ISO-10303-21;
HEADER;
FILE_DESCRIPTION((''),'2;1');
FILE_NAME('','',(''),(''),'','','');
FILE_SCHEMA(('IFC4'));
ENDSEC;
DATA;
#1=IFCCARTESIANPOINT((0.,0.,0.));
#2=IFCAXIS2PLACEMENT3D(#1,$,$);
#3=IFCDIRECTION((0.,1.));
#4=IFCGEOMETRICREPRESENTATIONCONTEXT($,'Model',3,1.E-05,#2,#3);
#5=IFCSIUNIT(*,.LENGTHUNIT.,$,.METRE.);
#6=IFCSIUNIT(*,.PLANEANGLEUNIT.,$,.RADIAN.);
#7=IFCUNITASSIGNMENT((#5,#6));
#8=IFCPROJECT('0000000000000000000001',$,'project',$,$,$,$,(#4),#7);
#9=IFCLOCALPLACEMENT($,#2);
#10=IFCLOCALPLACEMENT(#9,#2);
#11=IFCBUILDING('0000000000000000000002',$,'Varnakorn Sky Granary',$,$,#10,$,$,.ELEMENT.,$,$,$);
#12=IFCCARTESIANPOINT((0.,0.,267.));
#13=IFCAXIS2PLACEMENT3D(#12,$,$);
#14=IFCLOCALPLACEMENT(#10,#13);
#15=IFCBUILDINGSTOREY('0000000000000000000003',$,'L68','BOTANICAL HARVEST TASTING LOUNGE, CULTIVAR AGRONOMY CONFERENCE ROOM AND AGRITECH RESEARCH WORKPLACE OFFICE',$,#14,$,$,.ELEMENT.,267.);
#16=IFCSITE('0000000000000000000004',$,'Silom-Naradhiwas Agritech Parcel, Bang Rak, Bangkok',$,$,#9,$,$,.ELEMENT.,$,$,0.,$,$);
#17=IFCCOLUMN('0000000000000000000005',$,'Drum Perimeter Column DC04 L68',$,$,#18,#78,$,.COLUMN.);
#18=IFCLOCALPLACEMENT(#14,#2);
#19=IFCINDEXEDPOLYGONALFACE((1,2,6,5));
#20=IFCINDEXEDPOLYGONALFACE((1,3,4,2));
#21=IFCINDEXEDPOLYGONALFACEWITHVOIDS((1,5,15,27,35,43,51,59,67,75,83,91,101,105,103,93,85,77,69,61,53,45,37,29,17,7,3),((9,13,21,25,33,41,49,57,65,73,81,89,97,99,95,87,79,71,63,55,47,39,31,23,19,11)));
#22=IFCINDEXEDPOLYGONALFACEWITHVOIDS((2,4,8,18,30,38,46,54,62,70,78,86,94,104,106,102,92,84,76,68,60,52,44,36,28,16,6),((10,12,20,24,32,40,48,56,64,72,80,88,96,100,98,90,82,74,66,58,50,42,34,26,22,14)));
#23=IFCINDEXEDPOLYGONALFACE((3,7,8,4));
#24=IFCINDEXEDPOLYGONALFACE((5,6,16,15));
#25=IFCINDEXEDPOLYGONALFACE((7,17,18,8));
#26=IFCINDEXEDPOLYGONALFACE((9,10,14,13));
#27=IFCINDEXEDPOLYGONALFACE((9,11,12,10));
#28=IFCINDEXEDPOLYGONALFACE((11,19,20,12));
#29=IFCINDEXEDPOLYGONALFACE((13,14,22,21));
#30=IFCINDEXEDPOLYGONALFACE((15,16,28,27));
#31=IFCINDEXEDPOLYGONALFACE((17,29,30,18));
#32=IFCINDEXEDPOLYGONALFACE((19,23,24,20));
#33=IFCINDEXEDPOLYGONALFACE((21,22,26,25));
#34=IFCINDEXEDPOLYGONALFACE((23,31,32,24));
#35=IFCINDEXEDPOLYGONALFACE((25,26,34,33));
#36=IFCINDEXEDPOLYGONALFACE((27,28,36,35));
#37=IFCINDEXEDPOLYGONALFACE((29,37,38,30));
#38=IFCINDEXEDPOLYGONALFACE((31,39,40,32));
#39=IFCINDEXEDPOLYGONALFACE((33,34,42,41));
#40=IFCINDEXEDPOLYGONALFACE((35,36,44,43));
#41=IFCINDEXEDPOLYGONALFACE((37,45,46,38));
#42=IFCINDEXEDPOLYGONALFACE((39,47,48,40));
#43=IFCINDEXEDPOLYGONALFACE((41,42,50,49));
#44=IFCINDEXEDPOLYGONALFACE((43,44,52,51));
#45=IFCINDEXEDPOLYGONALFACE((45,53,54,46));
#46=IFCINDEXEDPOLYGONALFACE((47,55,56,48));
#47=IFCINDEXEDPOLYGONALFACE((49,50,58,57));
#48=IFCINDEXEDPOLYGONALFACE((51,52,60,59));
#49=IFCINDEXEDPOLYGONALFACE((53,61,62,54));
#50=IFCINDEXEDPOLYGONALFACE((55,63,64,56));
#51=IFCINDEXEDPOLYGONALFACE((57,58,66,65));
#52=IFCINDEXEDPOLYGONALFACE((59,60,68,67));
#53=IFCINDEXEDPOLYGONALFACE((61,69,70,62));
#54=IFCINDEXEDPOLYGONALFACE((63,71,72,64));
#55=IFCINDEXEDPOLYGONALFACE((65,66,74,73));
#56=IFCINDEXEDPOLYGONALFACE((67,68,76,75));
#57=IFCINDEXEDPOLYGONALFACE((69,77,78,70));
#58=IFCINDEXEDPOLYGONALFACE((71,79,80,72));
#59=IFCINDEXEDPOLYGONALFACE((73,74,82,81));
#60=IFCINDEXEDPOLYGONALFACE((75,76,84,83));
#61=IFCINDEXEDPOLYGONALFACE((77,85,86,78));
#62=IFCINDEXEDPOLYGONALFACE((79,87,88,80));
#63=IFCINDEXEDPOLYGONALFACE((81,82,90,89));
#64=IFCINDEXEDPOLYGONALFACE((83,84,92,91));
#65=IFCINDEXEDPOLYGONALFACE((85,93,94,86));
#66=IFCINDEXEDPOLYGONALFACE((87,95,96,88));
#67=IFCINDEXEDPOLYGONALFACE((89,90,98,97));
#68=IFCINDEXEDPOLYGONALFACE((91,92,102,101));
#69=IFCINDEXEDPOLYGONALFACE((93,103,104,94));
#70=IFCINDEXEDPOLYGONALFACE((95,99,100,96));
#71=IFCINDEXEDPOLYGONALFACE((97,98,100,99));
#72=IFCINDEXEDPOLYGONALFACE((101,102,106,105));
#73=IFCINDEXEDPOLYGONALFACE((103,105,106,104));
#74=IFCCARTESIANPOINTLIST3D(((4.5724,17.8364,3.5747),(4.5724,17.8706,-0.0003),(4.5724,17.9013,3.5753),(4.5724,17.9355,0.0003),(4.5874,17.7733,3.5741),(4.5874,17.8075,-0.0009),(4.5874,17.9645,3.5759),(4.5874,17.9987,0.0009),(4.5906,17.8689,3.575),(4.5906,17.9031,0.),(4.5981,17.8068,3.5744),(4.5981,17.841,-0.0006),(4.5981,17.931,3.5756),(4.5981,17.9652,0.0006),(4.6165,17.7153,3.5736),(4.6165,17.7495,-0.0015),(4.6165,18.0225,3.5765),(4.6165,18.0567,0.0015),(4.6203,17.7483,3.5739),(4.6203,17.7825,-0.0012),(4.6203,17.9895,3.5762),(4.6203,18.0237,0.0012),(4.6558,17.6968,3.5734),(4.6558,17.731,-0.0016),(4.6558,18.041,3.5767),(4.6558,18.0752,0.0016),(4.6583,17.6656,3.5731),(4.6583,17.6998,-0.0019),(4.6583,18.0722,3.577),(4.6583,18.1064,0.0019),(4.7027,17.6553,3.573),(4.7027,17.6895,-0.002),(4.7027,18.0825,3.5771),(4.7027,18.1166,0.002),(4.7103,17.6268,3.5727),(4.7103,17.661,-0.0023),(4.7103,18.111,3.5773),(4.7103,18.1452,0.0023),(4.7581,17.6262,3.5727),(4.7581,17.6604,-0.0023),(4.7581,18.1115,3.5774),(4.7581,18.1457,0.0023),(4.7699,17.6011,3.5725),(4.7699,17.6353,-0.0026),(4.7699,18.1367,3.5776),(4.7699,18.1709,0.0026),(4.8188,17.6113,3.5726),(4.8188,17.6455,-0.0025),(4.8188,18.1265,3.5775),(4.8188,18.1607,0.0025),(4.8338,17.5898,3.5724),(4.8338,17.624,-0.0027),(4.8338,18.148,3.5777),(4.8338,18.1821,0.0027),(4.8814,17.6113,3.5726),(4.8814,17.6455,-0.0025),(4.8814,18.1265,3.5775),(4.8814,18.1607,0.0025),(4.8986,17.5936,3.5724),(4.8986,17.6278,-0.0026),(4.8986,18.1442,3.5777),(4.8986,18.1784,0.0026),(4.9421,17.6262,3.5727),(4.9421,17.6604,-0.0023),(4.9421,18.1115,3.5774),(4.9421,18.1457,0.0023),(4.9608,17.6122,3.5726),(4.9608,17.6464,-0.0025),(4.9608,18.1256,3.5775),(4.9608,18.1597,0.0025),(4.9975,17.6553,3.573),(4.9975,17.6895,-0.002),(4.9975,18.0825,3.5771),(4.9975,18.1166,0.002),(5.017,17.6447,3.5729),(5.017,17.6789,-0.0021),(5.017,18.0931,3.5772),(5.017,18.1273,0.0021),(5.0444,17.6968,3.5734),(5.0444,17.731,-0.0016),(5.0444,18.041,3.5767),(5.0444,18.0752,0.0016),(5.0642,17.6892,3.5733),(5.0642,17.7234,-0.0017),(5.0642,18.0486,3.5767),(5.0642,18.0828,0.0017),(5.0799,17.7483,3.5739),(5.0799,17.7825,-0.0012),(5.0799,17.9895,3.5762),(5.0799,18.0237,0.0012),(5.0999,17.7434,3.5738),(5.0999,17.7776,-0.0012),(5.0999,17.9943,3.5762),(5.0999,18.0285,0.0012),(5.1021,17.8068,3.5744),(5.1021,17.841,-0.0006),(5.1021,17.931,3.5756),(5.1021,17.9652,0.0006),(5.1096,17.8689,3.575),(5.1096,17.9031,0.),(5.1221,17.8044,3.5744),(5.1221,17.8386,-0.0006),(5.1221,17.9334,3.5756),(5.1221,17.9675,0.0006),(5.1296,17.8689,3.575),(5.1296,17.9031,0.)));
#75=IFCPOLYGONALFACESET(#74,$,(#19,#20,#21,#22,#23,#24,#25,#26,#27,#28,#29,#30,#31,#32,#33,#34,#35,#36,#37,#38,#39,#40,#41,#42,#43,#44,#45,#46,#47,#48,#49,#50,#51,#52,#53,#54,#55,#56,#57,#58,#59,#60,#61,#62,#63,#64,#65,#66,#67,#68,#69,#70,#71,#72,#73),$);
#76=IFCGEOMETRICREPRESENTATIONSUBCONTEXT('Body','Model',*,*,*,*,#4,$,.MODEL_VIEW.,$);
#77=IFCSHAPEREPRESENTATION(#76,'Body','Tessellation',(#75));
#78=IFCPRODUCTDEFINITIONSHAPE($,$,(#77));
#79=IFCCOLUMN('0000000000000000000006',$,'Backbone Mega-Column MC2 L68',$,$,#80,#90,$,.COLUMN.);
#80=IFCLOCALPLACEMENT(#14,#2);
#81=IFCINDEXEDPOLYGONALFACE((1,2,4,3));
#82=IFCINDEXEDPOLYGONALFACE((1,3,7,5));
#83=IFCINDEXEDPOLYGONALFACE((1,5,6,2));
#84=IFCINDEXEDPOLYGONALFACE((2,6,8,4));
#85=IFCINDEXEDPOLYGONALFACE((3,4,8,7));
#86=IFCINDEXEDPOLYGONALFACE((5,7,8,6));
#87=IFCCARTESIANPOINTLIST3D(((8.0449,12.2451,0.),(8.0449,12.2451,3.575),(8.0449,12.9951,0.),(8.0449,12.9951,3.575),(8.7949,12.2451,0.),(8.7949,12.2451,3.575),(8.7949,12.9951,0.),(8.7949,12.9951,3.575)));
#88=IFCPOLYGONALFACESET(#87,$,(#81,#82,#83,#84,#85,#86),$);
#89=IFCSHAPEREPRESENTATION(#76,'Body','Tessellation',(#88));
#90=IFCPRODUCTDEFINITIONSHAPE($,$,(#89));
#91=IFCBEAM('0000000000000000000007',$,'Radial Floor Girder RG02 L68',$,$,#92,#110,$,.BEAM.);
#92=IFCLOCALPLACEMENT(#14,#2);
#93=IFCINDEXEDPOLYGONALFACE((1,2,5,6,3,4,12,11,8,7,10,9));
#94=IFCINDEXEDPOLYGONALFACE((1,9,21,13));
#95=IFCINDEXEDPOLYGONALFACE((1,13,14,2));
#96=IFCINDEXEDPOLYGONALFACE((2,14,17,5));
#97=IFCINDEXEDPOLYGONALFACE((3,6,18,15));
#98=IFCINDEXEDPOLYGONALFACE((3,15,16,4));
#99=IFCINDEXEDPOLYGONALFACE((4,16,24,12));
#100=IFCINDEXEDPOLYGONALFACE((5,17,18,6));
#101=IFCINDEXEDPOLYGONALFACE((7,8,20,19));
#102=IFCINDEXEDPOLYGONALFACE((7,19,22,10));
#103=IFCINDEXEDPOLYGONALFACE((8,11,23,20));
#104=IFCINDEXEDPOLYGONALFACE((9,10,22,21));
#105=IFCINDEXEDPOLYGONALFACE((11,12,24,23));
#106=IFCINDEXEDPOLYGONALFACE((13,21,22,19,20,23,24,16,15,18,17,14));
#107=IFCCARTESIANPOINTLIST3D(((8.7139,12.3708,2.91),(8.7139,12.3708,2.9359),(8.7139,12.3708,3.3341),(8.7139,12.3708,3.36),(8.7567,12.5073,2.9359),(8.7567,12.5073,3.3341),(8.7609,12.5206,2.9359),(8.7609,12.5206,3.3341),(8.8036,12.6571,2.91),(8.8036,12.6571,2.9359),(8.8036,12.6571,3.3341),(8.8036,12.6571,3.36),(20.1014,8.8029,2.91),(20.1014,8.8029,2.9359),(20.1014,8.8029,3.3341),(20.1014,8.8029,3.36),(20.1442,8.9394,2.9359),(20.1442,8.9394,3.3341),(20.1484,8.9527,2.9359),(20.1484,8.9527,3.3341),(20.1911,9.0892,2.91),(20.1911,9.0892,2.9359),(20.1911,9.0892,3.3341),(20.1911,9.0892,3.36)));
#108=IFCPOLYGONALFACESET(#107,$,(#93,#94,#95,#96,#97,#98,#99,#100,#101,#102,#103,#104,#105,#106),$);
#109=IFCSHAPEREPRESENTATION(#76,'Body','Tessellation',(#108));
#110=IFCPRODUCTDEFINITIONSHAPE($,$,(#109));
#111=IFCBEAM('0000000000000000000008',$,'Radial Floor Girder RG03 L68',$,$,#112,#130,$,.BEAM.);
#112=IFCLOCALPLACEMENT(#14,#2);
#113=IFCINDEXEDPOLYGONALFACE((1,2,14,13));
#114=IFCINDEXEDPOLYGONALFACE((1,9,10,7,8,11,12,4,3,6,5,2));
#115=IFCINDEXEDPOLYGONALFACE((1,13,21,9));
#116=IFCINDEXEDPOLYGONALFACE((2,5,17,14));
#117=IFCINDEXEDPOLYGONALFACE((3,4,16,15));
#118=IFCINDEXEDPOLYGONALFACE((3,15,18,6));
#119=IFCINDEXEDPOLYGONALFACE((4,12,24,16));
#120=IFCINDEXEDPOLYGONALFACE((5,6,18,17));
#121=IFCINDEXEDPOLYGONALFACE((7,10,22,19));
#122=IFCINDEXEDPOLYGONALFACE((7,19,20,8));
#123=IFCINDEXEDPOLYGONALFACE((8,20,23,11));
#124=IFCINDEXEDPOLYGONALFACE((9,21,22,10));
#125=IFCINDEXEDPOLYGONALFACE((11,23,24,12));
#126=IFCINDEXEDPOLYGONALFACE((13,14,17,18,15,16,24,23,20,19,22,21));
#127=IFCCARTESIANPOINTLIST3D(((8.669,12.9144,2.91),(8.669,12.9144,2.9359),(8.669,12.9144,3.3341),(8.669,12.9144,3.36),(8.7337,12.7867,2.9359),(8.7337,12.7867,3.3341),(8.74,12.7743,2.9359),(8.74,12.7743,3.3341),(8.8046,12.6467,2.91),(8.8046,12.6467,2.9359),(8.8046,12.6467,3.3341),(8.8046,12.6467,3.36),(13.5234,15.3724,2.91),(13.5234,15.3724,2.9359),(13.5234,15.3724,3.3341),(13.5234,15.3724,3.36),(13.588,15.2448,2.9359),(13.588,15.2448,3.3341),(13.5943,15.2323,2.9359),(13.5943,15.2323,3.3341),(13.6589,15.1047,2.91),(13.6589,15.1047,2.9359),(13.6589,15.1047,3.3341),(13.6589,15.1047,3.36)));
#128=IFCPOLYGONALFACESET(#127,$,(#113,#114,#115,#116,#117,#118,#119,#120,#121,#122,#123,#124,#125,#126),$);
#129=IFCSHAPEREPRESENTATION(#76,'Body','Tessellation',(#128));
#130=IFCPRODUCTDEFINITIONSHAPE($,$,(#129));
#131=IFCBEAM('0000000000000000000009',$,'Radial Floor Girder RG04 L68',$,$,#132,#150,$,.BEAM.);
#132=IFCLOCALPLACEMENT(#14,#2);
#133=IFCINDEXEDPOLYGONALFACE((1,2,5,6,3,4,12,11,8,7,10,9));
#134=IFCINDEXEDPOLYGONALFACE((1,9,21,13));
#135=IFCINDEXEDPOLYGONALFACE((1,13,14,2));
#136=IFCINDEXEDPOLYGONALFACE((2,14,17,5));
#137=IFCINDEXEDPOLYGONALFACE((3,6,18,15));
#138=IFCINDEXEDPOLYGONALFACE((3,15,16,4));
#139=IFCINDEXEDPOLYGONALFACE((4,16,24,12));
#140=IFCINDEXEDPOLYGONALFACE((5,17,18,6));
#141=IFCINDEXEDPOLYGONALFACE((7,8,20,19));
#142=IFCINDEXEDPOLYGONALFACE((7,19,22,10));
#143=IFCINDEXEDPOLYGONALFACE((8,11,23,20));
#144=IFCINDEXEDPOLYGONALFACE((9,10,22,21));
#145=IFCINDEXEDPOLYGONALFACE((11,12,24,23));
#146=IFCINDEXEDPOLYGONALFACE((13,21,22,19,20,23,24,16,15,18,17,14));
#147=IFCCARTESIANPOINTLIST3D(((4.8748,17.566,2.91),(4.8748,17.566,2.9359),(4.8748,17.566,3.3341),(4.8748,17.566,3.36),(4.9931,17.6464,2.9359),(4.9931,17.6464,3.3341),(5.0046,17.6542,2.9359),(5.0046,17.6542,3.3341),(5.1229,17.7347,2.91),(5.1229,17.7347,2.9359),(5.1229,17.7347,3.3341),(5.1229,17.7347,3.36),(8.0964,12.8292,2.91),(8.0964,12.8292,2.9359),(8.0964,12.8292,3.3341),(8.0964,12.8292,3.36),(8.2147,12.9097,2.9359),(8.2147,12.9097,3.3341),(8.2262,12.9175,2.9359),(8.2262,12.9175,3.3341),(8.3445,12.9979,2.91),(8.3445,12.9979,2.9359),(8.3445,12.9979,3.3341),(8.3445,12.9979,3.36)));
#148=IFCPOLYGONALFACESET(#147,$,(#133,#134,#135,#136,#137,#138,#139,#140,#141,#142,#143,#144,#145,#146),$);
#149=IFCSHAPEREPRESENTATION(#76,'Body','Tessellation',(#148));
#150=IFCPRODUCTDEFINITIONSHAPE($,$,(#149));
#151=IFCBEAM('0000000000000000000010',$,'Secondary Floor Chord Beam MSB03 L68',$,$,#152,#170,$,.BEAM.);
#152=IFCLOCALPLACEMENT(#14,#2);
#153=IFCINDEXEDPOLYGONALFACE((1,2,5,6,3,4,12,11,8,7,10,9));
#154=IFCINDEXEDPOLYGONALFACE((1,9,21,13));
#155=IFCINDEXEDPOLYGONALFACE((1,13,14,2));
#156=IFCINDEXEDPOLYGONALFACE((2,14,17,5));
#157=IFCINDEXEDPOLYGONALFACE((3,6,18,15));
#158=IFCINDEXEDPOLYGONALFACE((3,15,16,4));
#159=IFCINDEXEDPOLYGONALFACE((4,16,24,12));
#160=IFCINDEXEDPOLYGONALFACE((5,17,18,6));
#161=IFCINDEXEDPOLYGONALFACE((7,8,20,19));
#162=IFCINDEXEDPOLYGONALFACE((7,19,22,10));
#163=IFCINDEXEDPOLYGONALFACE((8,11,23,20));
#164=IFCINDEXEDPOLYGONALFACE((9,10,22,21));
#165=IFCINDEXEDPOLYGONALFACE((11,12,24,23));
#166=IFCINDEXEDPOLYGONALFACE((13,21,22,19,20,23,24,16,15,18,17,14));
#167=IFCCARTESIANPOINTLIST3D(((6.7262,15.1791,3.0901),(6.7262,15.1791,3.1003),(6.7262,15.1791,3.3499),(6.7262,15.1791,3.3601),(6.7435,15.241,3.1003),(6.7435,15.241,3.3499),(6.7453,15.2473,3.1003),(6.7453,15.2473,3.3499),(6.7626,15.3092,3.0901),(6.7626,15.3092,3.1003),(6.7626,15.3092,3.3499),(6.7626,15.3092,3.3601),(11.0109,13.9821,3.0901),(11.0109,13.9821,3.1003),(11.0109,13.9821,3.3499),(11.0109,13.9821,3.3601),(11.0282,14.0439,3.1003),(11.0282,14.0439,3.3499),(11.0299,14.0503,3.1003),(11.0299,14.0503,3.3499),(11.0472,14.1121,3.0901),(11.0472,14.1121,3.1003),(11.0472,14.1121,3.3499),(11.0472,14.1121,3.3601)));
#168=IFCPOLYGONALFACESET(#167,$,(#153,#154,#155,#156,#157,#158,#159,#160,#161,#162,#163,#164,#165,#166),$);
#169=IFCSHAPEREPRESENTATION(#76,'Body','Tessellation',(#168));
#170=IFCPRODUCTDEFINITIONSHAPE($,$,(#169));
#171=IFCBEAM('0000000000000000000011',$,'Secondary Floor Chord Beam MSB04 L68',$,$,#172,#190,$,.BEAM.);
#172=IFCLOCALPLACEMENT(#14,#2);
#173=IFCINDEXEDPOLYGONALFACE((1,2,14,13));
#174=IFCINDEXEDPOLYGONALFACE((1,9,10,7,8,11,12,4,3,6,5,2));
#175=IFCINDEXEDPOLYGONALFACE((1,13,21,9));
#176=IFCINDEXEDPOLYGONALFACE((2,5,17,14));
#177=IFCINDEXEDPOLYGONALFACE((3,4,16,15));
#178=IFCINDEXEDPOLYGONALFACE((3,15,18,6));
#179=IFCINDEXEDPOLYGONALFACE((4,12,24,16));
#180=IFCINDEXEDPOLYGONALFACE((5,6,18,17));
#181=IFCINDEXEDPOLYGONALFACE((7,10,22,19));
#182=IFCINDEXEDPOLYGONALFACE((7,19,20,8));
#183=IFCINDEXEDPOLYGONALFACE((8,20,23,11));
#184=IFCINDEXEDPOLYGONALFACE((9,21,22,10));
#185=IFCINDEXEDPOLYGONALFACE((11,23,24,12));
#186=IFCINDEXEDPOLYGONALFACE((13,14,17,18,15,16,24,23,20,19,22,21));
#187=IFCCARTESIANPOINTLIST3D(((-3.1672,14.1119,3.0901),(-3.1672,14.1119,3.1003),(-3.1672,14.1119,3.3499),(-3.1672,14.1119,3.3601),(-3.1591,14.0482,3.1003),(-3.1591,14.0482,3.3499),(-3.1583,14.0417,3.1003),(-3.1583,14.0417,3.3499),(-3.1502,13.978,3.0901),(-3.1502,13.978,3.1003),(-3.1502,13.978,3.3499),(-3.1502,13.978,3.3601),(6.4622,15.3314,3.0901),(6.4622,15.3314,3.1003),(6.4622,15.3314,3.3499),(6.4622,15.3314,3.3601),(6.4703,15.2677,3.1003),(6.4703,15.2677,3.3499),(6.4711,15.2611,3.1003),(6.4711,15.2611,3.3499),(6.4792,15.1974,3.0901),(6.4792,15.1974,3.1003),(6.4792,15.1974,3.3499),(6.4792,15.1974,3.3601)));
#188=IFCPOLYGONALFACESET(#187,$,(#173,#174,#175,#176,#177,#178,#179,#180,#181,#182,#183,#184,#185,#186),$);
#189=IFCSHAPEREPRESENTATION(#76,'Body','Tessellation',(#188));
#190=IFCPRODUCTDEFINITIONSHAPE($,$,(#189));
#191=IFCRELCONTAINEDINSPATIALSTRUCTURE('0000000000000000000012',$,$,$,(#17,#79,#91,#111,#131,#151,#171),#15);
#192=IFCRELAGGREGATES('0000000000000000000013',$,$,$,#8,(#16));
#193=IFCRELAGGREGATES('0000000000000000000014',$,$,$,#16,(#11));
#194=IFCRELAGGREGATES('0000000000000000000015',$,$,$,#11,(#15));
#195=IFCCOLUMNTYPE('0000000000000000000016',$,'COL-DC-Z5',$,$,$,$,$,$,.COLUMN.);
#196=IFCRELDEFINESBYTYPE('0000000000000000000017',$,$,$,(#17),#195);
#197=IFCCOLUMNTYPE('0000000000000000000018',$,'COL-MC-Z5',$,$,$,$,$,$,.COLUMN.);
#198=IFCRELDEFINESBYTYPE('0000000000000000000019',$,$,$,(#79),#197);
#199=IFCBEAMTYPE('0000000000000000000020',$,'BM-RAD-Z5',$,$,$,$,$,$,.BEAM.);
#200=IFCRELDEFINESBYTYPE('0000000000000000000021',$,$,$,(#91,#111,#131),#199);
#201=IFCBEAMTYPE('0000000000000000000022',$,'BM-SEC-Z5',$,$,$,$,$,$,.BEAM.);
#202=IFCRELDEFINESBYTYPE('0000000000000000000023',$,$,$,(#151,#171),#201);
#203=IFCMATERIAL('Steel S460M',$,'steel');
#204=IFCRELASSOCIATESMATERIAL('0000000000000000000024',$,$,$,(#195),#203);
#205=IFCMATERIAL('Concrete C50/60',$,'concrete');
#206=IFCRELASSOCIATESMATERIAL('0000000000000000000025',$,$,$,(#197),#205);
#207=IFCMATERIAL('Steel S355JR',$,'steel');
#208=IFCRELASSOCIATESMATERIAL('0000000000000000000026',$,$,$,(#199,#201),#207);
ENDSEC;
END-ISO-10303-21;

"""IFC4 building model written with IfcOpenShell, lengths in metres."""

from ifc_helpers import new_model, si_unit, direction, frame, origin, origin_2d, place, context, subcontext, project, spatial, rectangle, hollow_circle, i_section, extrude, material, material_profile, profile_set, type_object, element, save


model = new_model("IFC4")

# Units and contexts
model_context = context("Model", 3, precision=1e-05, world=origin(), true_north=direction((0.0, 1.0)))
body_context = subcontext(model_context, "Body", "Model", "MODEL_VIEW")
ifc_project = project(units=[si_unit("LENGTHUNIT", "METRE"), si_unit("PLANEANGLEUNIT", "RADIAN")], contexts=[model_context])

# Site, building, storey
site_placement = place(None, origin())
site = spatial("IfcSite", under=ifc_project, at=site_placement, Name="Silom-Naradhiwas Agritech Parcel, Bang Rak, Bangkok", CompositionType="ELEMENT", RefElevation=0.0)
building_placement = place(site_placement, origin())
building = spatial("IfcBuilding", under=site, at=building_placement, Name="Varnakorn Sky Granary", CompositionType="ELEMENT")
storey_placement = place(building_placement, frame((0.0, 0.0, 267.0)))
storey = spatial("IfcBuildingStorey", under=building, at=storey_placement, Name="L68", Description="BOTANICAL HARVEST TASTING LOUNGE, CULTIVAR AGRONOMY CONFERENCE ROOM AND AGRITECH RESEARCH WORKPLACE OFFICE", CompositionType="ELEMENT", Elevation=267.0)

# Columns
ifc_material_1 = material(Name="Steel S460M", Category="steel")
ifc_material_profile_1 = material_profile(ifc_material_1, hollow_circle(Radius=0.2795, WallThickness=0.02, at=origin_2d()), Name="CHS 559x20")
ifc_profile_set_1 = profile_set([ifc_material_profile_1], Name="Steel S460M")
column_type_1 = type_object("IfcColumnType", Name="COL-DC-Z5", PredefinedType="COLUMN", material=ifc_profile_set_1)
column_1_placement = place(storey_placement, frame((4.8501, 17.9031, 0.0), z_axis=(0.0, -0.00956, 0.999954), x_axis=(1.0, 0.0, 0.0)))
element("IfcColumn", 1, at=column_1_placement, inside=storey, type_object=column_type_1, Name="Drum Perimeter Column DC04 L68", PredefinedType="COLUMN", context=body_context, shape_type="SweptSolid", body=[
    extrude(hollow_circle(Radius=0.2795, WallThickness=0.02, at=origin_2d()), origin(), (0.0, 0.0, 1.0), 3.5752),
])
ifc_material_2 = material(Name="Concrete C50/60", Category="concrete")
ifc_material_profile_2 = material_profile(ifc_material_2, rectangle(XDim=0.75, YDim=0.75, at=origin_2d()), Name="RC 750x750")
ifc_profile_set_2 = profile_set([ifc_material_profile_2], Name="Concrete C50/60")
column_type_2 = type_object("IfcColumnType", Name="COL-MC-Z5", PredefinedType="COLUMN", material=ifc_profile_set_2)
column_2_placement = place(storey_placement, frame((8.4199, 12.6201, 0.0), z_axis=(0.0, 0.0, 1.0), x_axis=(1.0, 0.0, 0.0)))
element("IfcColumn", 2, at=column_2_placement, inside=storey, type_object=column_type_2, Name="Backbone Mega-Column MC2 L68", PredefinedType="COLUMN", context=body_context, shape_type="SweptSolid", body=[
    extrude(rectangle(XDim=0.75, YDim=0.75, at=origin_2d()), origin(), (0.0, 0.0, 1.0), 3.575),
])

# Beams
ifc_material_3 = material(Name="Steel S355JR", Category="steel")
ifc_material_profile_3 = material_profile(ifc_material_3, i_section(OverallWidth=0.3, OverallDepth=0.45, WebThickness=0.0139, FlangeThickness=0.0259, at=origin_2d()), Name="HE 450 B")
ifc_profile_set_3 = profile_set([ifc_material_profile_3], Name="Steel S355JR")
beam_type_1 = type_object("IfcBeamType", Name="BM-RAD-Z5", PredefinedType="BEAM", material=ifc_profile_set_3)
beam_1_placement = place(storey_placement, frame((8.7588, 12.5139, 3.135), z_axis=(0.954258, -0.298984, 0.0), x_axis=(0.298984, 0.954258, 0.0)))
element("IfcBeam", 3, at=beam_1_placement, inside=storey, type_object=beam_type_1, Name="Radial Floor Girder RG02 L68", PredefinedType="BEAM", context=body_context, shape_type="SweptSolid", body=[
    extrude(i_section(OverallWidth=0.3, OverallDepth=0.45, WebThickness=0.0139, FlangeThickness=0.0259, at=origin_2d()), origin(), (0.0, 0.0, 1.0), 11.9333),
])
beam_2_placement = place(storey_placement, frame((8.7368, 12.7805, 3.135), z_axis=(0.892145, 0.451749, 0.0), x_axis=(-0.451749, 0.892145, 0.0)))
element("IfcBeam", 4, at=beam_2_placement, inside=storey, type_object=beam_type_1, Name="Radial Floor Girder RG03 L68", PredefinedType="BEAM", context=body_context, shape_type="SweptSolid", body=[
    extrude(i_section(OverallWidth=0.3, OverallDepth=0.45, WebThickness=0.0139, FlangeThickness=0.0259, at=origin_2d()), origin(), (0.0, 0.0, 1.0), 5.4412),
])
beam_3_placement = place(storey_placement, frame((8.2205, 12.9136, 3.135), z_axis=(-0.562387, 0.826874, 0.0), x_axis=(-0.826874, -0.562387, 0.0)))
element("IfcBeam", 5, at=beam_3_placement, inside=storey, type_object=beam_type_1, Name="Radial Floor Girder RG04 L68", PredefinedType="BEAM", context=body_context, shape_type="SweptSolid", body=[
    extrude(i_section(OverallWidth=0.3, OverallDepth=0.45, WebThickness=0.0139, FlangeThickness=0.0259, at=origin_2d()), origin(), (0.0, 0.0, 1.0), 5.7285),
])
ifc_material_profile_4 = material_profile(ifc_material_3, i_section(OverallWidth=0.135, OverallDepth=0.27, WebThickness=0.0066, FlangeThickness=0.0103, at=origin_2d()), Name="IPE 270")
ifc_profile_set_4 = profile_set([ifc_material_profile_4], Name="Steel S355JR")
beam_type_2 = type_object("IfcBeamType", Name="BM-SEC-Z5", PredefinedType="BEAM", material=ifc_profile_set_4)
beam_4_placement = place(storey_placement, frame((11.0291, 14.0471, 3.2251), z_axis=(-0.963121, 0.26907, 0.0), x_axis=(-0.26907, -0.963121, 0.0)))
element("IfcBeam", 6, at=beam_4_placement, inside=storey, type_object=beam_type_2, Name="Secondary Floor Chord Beam MSB03 L68", PredefinedType="BEAM", context=body_context, shape_type="SweptSolid", body=[
    extrude(i_section(OverallWidth=0.135, OverallDepth=0.27, WebThickness=0.0066, FlangeThickness=0.0103, at=origin_2d()), origin(), (0.0, 0.0, 1.0), 4.4487),
])
beam_5_placement = place(storey_placement, frame((6.4707, 15.2644, 3.2251), z_axis=(-0.992076, -0.125638, 0.0), x_axis=(0.125638, -0.992076, 0.0)))
element("IfcBeam", 7, at=beam_5_placement, inside=storey, type_object=beam_type_2, Name="Secondary Floor Chord Beam MSB04 L68", PredefinedType="BEAM", context=body_context, shape_type="SweptSolid", body=[
    extrude(i_section(OverallWidth=0.135, OverallDepth=0.27, WebThickness=0.0066, FlangeThickness=0.0103, at=origin_2d()), origin(), (0.0, 0.0, 1.0), 9.7063),
])

save(model, "model.ifc")
